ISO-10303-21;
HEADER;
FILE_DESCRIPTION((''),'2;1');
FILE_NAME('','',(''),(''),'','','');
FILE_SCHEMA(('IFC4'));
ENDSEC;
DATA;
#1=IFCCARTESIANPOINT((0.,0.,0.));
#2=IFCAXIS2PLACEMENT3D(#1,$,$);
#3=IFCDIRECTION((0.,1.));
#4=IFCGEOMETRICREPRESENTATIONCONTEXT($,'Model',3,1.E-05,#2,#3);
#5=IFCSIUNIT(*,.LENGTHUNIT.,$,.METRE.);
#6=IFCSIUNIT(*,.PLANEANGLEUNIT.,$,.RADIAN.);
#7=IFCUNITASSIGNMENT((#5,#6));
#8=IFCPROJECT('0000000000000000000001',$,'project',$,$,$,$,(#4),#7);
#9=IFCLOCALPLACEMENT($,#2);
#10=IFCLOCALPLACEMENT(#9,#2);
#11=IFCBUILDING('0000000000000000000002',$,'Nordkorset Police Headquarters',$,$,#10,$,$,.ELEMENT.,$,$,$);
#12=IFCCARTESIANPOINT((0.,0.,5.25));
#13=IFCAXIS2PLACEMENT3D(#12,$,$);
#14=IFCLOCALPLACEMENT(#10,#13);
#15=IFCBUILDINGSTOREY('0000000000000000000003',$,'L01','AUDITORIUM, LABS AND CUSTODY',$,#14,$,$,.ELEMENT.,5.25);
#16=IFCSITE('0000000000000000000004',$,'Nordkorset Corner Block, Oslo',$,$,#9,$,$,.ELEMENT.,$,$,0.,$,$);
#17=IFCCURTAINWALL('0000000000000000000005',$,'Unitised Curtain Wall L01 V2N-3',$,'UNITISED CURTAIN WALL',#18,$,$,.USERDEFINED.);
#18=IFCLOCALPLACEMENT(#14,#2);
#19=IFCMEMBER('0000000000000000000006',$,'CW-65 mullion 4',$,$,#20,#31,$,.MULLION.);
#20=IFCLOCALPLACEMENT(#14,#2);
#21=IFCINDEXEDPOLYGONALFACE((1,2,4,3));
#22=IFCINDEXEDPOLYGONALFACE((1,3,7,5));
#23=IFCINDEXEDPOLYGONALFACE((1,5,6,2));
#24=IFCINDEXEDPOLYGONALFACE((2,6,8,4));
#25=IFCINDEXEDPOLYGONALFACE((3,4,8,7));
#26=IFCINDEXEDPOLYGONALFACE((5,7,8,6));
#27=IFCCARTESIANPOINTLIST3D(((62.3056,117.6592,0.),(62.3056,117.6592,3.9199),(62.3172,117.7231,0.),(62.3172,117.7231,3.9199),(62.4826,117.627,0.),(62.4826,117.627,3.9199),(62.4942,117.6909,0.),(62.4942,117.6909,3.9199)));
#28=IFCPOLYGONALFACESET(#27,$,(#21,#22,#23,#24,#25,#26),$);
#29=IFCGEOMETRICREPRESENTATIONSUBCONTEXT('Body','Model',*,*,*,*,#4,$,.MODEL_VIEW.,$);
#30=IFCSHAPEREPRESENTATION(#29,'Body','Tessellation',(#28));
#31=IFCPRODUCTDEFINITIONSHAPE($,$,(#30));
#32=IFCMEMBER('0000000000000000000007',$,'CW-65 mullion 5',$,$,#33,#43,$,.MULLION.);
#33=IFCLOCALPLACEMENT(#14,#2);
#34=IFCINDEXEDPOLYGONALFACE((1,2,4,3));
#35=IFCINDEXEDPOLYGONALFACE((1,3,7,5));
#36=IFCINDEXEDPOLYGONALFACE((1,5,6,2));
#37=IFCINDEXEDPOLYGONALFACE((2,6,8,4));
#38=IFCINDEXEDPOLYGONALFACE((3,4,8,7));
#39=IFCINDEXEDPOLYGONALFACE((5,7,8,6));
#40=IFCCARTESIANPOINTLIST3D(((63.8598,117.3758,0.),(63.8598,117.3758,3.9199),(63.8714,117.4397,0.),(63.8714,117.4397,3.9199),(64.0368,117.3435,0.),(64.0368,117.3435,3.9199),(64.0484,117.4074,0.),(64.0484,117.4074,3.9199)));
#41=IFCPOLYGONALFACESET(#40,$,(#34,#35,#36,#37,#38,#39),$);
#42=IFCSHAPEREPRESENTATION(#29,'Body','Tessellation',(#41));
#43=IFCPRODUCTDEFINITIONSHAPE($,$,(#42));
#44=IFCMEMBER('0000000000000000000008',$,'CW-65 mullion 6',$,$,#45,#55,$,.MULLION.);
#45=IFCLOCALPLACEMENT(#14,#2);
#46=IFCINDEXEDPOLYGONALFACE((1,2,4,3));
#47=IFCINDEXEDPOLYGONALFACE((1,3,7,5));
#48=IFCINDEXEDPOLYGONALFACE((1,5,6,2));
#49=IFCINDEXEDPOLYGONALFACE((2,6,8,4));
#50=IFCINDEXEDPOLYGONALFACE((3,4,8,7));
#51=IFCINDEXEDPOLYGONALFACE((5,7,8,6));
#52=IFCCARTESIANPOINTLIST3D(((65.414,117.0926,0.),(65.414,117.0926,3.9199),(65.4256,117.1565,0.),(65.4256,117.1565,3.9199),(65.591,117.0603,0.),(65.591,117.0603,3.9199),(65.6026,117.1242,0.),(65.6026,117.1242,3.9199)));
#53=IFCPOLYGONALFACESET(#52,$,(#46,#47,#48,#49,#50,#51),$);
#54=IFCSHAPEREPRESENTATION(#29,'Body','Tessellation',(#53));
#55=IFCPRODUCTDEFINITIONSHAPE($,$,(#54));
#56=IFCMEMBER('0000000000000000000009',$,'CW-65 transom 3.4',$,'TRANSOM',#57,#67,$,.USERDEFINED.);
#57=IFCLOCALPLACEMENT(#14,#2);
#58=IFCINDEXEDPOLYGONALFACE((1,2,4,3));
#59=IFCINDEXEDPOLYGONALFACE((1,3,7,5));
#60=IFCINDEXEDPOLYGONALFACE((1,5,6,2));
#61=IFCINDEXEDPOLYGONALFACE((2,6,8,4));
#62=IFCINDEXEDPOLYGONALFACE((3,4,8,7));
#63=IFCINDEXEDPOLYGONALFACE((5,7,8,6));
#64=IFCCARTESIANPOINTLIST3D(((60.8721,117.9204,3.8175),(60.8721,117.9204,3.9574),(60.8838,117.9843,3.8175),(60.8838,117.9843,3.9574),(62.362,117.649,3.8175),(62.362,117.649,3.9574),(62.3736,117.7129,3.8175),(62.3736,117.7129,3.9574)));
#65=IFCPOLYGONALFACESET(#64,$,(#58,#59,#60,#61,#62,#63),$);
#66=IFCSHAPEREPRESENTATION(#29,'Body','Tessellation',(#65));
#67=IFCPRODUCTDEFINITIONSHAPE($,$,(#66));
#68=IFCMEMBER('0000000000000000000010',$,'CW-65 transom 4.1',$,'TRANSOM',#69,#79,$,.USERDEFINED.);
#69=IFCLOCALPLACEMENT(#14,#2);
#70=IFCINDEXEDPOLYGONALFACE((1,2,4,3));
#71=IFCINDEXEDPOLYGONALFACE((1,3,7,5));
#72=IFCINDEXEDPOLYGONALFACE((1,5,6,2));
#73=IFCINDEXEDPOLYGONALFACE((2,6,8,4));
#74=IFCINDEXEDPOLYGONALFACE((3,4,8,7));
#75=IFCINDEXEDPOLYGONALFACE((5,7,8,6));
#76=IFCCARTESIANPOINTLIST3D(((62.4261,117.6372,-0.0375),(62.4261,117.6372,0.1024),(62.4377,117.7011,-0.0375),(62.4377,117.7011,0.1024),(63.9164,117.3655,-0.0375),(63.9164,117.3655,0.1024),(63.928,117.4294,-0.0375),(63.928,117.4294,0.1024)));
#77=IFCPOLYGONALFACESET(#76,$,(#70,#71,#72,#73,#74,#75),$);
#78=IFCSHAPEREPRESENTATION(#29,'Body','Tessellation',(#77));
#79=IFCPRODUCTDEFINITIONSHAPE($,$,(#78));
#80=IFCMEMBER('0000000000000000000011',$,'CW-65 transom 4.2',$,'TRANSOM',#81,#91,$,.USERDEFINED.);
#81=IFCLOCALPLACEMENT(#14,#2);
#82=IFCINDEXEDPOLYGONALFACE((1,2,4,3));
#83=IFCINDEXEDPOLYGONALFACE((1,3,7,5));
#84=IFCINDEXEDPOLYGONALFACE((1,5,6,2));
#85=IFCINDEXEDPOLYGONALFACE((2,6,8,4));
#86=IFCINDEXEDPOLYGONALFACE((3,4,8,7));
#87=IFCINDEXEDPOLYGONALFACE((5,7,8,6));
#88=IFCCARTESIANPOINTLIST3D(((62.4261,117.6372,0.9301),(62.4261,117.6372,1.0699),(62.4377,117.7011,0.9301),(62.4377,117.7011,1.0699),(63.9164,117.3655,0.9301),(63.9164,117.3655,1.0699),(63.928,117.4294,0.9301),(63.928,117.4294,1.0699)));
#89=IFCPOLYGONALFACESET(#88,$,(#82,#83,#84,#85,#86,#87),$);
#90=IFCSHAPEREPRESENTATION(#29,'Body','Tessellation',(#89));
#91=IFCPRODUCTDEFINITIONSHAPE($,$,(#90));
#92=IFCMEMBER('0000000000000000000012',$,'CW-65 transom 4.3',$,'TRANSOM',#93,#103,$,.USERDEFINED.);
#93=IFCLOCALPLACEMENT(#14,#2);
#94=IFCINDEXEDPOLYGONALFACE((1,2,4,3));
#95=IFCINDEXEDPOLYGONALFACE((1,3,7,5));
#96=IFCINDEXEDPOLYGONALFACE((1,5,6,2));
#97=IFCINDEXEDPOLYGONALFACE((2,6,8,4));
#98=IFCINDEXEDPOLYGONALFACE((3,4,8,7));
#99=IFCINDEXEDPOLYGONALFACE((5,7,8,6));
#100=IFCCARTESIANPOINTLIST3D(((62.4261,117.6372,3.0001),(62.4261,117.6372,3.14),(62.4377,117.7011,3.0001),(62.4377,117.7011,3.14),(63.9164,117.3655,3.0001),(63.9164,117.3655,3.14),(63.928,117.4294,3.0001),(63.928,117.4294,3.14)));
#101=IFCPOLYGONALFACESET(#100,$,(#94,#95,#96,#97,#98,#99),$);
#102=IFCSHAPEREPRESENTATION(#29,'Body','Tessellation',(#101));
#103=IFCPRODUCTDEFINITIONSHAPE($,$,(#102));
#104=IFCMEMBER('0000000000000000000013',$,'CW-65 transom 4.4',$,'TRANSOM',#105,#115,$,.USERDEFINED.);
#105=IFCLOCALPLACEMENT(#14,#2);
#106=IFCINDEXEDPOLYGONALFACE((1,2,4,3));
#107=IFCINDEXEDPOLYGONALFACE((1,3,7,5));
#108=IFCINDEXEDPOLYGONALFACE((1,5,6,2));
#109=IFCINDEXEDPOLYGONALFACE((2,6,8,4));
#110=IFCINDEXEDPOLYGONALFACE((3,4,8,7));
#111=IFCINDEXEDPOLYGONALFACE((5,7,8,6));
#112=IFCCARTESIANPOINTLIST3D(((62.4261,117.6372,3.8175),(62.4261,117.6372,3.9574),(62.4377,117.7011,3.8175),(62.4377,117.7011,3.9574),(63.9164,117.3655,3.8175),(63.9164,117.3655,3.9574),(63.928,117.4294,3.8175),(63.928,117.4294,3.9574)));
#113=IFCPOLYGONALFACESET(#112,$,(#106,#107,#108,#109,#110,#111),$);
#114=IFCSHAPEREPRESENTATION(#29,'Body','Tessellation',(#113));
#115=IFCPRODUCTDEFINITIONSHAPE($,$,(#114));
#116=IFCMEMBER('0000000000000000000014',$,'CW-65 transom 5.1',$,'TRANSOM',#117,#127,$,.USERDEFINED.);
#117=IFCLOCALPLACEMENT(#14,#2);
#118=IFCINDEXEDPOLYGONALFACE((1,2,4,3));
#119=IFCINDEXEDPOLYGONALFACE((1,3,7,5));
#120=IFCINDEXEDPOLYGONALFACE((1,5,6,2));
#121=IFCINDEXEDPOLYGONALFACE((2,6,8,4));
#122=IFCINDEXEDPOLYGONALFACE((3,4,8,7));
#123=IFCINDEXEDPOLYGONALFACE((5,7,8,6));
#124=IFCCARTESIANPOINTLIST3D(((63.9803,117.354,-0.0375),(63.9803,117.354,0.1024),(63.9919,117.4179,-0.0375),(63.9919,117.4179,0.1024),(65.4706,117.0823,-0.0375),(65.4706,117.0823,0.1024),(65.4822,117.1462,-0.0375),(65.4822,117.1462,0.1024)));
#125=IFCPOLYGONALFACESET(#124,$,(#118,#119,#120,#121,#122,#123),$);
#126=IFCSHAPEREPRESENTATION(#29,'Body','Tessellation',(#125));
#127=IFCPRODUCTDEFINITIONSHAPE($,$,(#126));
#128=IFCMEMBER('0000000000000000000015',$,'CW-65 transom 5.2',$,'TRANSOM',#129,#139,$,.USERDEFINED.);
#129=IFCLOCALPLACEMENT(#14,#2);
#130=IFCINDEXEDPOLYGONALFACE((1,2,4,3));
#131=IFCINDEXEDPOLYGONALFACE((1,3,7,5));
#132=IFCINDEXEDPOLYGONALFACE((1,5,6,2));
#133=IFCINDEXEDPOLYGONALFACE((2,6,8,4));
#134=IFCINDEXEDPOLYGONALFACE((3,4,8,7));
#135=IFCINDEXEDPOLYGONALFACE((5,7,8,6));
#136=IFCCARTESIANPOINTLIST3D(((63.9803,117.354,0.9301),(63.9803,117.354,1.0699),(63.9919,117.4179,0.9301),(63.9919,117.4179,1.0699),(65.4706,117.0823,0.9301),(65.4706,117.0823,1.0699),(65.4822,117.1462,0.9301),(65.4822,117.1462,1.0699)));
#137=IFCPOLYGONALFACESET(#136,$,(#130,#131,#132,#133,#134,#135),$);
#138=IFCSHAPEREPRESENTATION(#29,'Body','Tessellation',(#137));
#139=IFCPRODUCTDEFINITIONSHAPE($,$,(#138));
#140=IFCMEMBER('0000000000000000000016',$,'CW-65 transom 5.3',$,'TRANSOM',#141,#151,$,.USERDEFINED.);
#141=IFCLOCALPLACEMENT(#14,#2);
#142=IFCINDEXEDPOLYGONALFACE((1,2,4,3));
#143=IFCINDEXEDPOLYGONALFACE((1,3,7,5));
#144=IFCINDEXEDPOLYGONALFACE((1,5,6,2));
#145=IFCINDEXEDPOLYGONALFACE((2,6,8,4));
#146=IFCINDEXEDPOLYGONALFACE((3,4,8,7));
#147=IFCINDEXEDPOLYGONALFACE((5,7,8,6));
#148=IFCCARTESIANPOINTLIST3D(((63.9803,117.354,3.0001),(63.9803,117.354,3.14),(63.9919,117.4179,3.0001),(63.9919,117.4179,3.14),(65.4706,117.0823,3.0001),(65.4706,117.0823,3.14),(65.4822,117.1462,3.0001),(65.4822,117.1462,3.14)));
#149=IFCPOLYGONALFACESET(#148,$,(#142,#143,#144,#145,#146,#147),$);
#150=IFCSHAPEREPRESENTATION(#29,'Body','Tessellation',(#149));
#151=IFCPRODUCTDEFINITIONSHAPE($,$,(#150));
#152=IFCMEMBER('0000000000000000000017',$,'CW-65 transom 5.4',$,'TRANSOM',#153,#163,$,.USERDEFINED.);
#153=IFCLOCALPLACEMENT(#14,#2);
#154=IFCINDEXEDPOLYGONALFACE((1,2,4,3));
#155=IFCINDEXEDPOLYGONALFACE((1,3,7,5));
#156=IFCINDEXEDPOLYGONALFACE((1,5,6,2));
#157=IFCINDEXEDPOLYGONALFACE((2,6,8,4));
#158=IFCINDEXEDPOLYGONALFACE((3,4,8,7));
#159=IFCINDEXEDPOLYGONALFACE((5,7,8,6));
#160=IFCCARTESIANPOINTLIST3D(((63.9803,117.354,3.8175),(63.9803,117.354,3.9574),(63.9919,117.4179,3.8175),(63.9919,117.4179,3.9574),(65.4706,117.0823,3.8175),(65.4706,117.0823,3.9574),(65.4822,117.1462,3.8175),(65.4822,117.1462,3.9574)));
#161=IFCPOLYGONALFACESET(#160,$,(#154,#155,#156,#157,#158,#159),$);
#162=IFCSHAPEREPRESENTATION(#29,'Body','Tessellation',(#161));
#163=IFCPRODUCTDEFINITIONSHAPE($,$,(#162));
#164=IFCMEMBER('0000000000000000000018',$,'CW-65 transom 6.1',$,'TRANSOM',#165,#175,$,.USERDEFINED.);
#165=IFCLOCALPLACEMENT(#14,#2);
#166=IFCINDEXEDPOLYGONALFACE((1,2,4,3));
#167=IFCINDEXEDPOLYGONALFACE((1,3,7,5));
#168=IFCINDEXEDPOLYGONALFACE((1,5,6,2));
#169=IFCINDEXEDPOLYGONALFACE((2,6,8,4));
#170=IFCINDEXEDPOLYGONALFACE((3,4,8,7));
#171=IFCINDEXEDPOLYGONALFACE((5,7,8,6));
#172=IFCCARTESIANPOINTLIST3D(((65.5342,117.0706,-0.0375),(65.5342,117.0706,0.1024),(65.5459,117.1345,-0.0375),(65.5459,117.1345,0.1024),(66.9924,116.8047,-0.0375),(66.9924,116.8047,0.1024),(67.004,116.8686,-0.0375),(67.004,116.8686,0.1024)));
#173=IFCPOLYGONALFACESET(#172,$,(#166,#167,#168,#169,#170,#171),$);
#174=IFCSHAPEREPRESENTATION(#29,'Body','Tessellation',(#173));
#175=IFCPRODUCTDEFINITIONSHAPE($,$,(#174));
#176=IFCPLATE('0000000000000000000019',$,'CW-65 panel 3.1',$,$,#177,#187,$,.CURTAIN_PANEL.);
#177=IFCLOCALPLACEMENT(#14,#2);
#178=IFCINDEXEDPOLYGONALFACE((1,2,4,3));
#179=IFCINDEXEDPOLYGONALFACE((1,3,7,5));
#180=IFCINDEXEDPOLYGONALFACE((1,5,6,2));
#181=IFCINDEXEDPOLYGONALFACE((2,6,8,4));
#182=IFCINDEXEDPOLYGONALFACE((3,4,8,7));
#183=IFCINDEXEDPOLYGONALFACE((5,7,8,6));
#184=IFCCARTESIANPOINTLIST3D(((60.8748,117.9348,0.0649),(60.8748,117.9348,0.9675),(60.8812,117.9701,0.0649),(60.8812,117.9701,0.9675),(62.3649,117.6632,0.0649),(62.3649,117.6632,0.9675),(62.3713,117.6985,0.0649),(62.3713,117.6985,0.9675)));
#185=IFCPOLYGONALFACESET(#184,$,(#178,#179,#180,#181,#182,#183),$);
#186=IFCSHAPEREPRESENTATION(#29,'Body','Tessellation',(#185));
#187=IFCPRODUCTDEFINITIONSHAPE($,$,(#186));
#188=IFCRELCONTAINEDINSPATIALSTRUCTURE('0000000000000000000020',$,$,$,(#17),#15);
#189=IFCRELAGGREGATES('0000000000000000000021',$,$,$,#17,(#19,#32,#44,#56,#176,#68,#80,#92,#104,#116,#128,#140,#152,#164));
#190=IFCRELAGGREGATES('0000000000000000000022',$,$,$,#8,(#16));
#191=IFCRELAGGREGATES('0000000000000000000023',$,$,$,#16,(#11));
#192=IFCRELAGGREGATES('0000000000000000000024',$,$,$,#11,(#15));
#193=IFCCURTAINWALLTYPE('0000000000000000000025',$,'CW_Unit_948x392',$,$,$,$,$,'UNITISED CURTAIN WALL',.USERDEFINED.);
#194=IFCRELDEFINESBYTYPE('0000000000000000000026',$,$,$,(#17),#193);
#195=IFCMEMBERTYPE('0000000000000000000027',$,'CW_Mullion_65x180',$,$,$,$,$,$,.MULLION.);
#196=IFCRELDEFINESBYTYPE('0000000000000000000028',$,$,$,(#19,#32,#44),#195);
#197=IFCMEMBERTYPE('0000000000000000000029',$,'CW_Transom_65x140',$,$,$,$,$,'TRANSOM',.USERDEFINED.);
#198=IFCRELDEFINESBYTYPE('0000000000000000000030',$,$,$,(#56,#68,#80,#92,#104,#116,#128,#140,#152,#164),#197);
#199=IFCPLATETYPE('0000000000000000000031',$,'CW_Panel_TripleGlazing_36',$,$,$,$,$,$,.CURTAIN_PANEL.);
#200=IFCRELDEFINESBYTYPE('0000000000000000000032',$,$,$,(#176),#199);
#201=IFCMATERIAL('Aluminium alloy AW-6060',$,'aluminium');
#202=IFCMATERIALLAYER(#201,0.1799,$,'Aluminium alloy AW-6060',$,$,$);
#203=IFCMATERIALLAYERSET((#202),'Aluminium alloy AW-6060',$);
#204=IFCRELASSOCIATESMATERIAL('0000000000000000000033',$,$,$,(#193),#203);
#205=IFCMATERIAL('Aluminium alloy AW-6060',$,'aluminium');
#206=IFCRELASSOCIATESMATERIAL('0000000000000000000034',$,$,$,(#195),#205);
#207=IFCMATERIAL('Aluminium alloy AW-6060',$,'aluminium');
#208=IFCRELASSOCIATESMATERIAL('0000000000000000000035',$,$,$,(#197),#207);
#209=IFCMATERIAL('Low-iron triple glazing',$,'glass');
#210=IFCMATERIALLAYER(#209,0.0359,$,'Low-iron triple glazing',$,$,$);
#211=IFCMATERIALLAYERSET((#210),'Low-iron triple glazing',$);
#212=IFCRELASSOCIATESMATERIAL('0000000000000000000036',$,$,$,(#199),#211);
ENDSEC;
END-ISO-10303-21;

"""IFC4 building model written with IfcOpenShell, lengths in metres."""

from ifc_helpers import new_model, si_unit, direction, frame, origin, origin_2d, place, context, subcontext, project, spatial, rectangle, extrude, material, layer, layer_set, material_profile, profile_set, type_object, element, aggregate, save


model = new_model("IFC4")

# Units and contexts
model_context = context("Model", 3, precision=1e-05, world=origin(), true_north=direction((0.0, 1.0)))
body_context = subcontext(model_context, "Body", "Model", "MODEL_VIEW")
ifc_project = project(units=[si_unit("LENGTHUNIT", "METRE"), si_unit("PLANEANGLEUNIT", "RADIAN")], contexts=[model_context])

# Site, building, storey
site_placement = place(None, origin())
site = spatial("IfcSite", under=ifc_project, at=site_placement, Name="Nordkorset Corner Block, Oslo", CompositionType="ELEMENT", RefElevation=0.0)
building_placement = place(site_placement, origin())
building = spatial("IfcBuilding", under=site, at=building_placement, Name="Nordkorset Police Headquarters", CompositionType="ELEMENT")
storey_placement = place(building_placement, frame((0.0, 0.0, 5.25)))
storey = spatial("IfcBuildingStorey", under=building, at=storey_placement, Name="L01", Description="AUDITORIUM, LABS AND CUSTODY", CompositionType="ELEMENT", Elevation=5.25)

# Curtain wall, members, plate
ifc_material_1 = material(Name="Aluminium alloy AW-6060", Category="aluminium")
ifc_layer_1 = layer(ifc_material_1, 0.1799, Name="Aluminium alloy AW-6060")
ifc_layer_set_1 = layer_set([ifc_layer_1], Name="Aluminium alloy AW-6060")
curtain_wall_type = type_object("IfcCurtainWallType", Name="CW_Unit_948x392", ElementType="UNITISED CURTAIN WALL", PredefinedType="USERDEFINED", material=ifc_layer_set_1)
curtain_wall_placement = place(storey_placement, origin())
curtain_wall = element("IfcCurtainWall", 1, at=curtain_wall_placement, inside=storey, type_object=curtain_wall_type, Name="Unitised Curtain Wall L01 V2N-3", ObjectType="UNITISED CURTAIN WALL", PredefinedType="USERDEFINED")
ifc_material_2 = material(Name="Aluminium alloy AW-6060", Category="aluminium")
ifc_material_profile_1 = material_profile(ifc_material_2, rectangle(XDim=0.0649, YDim=0.1799, at=origin_2d()), Name="ALU MULL 65x180")
ifc_profile_set_1 = profile_set([ifc_material_profile_1], Name="Aluminium alloy AW-6060")
member_type_1 = type_object("IfcMemberType", Name="CW_Mullion_65x180", PredefinedType="MULLION", material=ifc_profile_set_1)
member_1_placement = place(storey_placement, frame((62.3999, 117.675, 0.0), z_axis=(0.0, 0.0, 1.0), x_axis=(0.179336, 0.983788, 0.0)))
member_1 = element("IfcMember", 2, at=member_1_placement, type_object=member_type_1, Name="CW-65 mullion 4", PredefinedType="MULLION", context=body_context, shape_type="SweptSolid", body=[
    extrude(rectangle(XDim=0.0649, YDim=0.1799, at=origin_2d()), origin(), (0.0, 0.0, 1.0), 3.9199),
])
member_2_placement = place(storey_placement, frame((63.9541, 117.3916, 0.0), z_axis=(0.0, 0.0, 1.0), x_axis=(0.179336, 0.983788, 0.0)))
member_2 = element("IfcMember", 3, at=member_2_placement, type_object=member_type_1, Name="CW-65 mullion 5", PredefinedType="MULLION", context=body_context, shape_type="SweptSolid", body=[
    extrude(rectangle(XDim=0.0649, YDim=0.1799, at=origin_2d()), origin(), (0.0, 0.0, 1.0), 3.9199),
])
member_3_placement = place(storey_placement, frame((65.5083, 117.1084, 0.0), z_axis=(0.0, 0.0, 1.0), x_axis=(0.179336, 0.983788, 0.0)))
member_3 = element("IfcMember", 4, at=member_3_placement, type_object=member_type_1, Name="CW-65 mullion 6", PredefinedType="MULLION", context=body_context, shape_type="SweptSolid", body=[
    extrude(rectangle(XDim=0.0649, YDim=0.1799, at=origin_2d()), origin(), (0.0, 0.0, 1.0), 3.9199),
])
ifc_material_3 = material(Name="Aluminium alloy AW-6060", Category="aluminium")
ifc_material_profile_2 = material_profile(ifc_material_3, rectangle(XDim=0.0649, YDim=0.1399, at=origin_2d()), Name="ALU TRAN 65x140")
ifc_profile_set_2 = profile_set([ifc_material_profile_2], Name="Aluminium alloy AW-6060")
member_type_2 = type_object("IfcMemberType", Name="CW_Transom_65x140", ElementType="TRANSOM", PredefinedType="USERDEFINED", material=ifc_profile_set_2)
member_4_placement = place(storey_placement, frame((60.8779, 117.9524, 3.8875), z_axis=(0.983803, -0.179254, 0.0), x_axis=(0.179254, 0.983803, 0.0)))
member_4 = element("IfcMember", 5, at=member_4_placement, type_object=member_type_2, Name="CW-65 transom 3.4", ObjectType="TRANSOM", PredefinedType="USERDEFINED", context=body_context, shape_type="SweptSolid", body=[
    extrude(rectangle(XDim=0.0649, YDim=0.1399, at=origin_2d()), origin(), (0.0, 0.0, 1.0), 1.5144),
])
member_5_placement = place(storey_placement, frame((62.4319, 117.6692, 0.0325), z_axis=(0.98378, -0.179382, 0.0), x_axis=(0.179382, 0.98378, 0.0)))
member_5 = element("IfcMember", 6, at=member_5_placement, type_object=member_type_2, Name="CW-65 transom 4.1", ObjectType="TRANSOM", PredefinedType="USERDEFINED", context=body_context, shape_type="SweptSolid", body=[
    extrude(rectangle(XDim=0.0649, YDim=0.1399, at=origin_2d()), origin(), (0.0, 0.0, 1.0), 1.5149),
])
member_6_placement = place(storey_placement, frame((62.4319, 117.6692, 1.0), z_axis=(0.98378, -0.179382, 0.0), x_axis=(0.179382, 0.98378, 0.0)))
member_6 = element("IfcMember", 7, at=member_6_placement, type_object=member_type_2, Name="CW-65 transom 4.2", ObjectType="TRANSOM", PredefinedType="USERDEFINED", context=body_context, shape_type="SweptSolid", body=[
    extrude(rectangle(XDim=0.0649, YDim=0.1399, at=origin_2d()), origin(), (0.0, 0.0, 1.0), 1.5149),
])
member_7_placement = place(storey_placement, frame((62.4319, 117.6692, 3.0701), z_axis=(0.98378, -0.179382, 0.0), x_axis=(0.179382, 0.98378, 0.0)))
member_7 = element("IfcMember", 8, at=member_7_placement, type_object=member_type_2, Name="CW-65 transom 4.3", ObjectType="TRANSOM", PredefinedType="USERDEFINED", context=body_context, shape_type="SweptSolid", body=[
    extrude(rectangle(XDim=0.0649, YDim=0.1399, at=origin_2d()), origin(), (0.0, 0.0, 1.0), 1.5149),
])
member_8_placement = place(storey_placement, frame((62.4319, 117.6692, 3.8875), z_axis=(0.98378, -0.179382, 0.0), x_axis=(0.179382, 0.98378, 0.0)))
member_8 = element("IfcMember", 9, at=member_8_placement, type_object=member_type_2, Name="CW-65 transom 4.4", ObjectType="TRANSOM", PredefinedType="USERDEFINED", context=body_context, shape_type="SweptSolid", body=[
    extrude(rectangle(XDim=0.0649, YDim=0.1399, at=origin_2d()), origin(), (0.0, 0.0, 1.0), 1.5149),
])
member_9_placement = place(storey_placement, frame((63.9861, 117.386, 0.0325), z_axis=(0.98378, -0.179382, 0.0), x_axis=(0.179382, 0.98378, 0.0)))
member_9 = element("IfcMember", 10, at=member_9_placement, type_object=member_type_2, Name="CW-65 transom 5.1", ObjectType="TRANSOM", PredefinedType="USERDEFINED", context=body_context, shape_type="SweptSolid", body=[
    extrude(rectangle(XDim=0.0649, YDim=0.1399, at=origin_2d()), origin(), (0.0, 0.0, 1.0), 1.5149),
])
member_10_placement = place(storey_placement, frame((63.9861, 117.386, 1.0), z_axis=(0.98378, -0.179382, 0.0), x_axis=(0.179382, 0.98378, 0.0)))
member_10 = element("IfcMember", 11, at=member_10_placement, type_object=member_type_2, Name="CW-65 transom 5.2", ObjectType="TRANSOM", PredefinedType="USERDEFINED", context=body_context, shape_type="SweptSolid", body=[
    extrude(rectangle(XDim=0.0649, YDim=0.1399, at=origin_2d()), origin(), (0.0, 0.0, 1.0), 1.5149),
])
member_11_placement = place(storey_placement, frame((63.9861, 117.386, 3.0701), z_axis=(0.98378, -0.179382, 0.0), x_axis=(0.179382, 0.98378, 0.0)))
member_11 = element("IfcMember", 12, at=member_11_placement, type_object=member_type_2, Name="CW-65 transom 5.3", ObjectType="TRANSOM", PredefinedType="USERDEFINED", context=body_context, shape_type="SweptSolid", body=[
    extrude(rectangle(XDim=0.0649, YDim=0.1399, at=origin_2d()), origin(), (0.0, 0.0, 1.0), 1.5149),
])
member_12_placement = place(storey_placement, frame((63.9861, 117.386, 3.8875), z_axis=(0.98378, -0.179382, 0.0), x_axis=(0.179382, 0.98378, 0.0)))
member_12 = element("IfcMember", 13, at=member_12_placement, type_object=member_type_2, Name="CW-65 transom 5.4", ObjectType="TRANSOM", PredefinedType="USERDEFINED", context=body_context, shape_type="SweptSolid", body=[
    extrude(rectangle(XDim=0.0649, YDim=0.1399, at=origin_2d()), origin(), (0.0, 0.0, 1.0), 1.5149),
])
member_13_placement = place(storey_placement, frame((65.54, 117.1025, 0.0325), z_axis=(0.983783, -0.179364, 0.0), x_axis=(0.179364, 0.983783, 0.0)))
member_13 = element("IfcMember", 14, at=member_13_placement, type_object=member_type_2, Name="CW-65 transom 6.1", ObjectType="TRANSOM", PredefinedType="USERDEFINED", context=body_context, shape_type="SweptSolid", body=[
    extrude(rectangle(XDim=0.0649, YDim=0.1399, at=origin_2d()), origin(), (0.0, 0.0, 1.0), 1.4822),
])
ifc_material_4 = material(Name="Low-iron triple glazing", Category="glass")
ifc_layer_2 = layer(ifc_material_4, 0.0359, Name="Low-iron triple glazing")
ifc_layer_set_2 = layer_set([ifc_layer_2], Name="Low-iron triple glazing")
plate_type = type_object("IfcPlateType", Name="CW_Panel_TripleGlazing_36", PredefinedType="CURTAIN_PANEL", material=ifc_layer_set_2)
plate_1_placement = place(storey_placement, frame((61.623, 117.8167, 0.0649), z_axis=(0.0, 0.0, 1.0), x_axis=(0.983788, -0.179336, 0.0)))
plate_1 = element("IfcPlate", 15, at=plate_1_placement, type_object=plate_type, Name="CW-65 panel 3.1", PredefinedType="CURTAIN_PANEL", context=body_context, shape_type="SweptSolid", body=[
    extrude(rectangle(XDim=1.5146, YDim=0.0359, at=origin_2d()), origin(), (0.0, 0.0, 1.0), 0.9026),
])
aggregate(curtain_wall, [member_1, member_2, member_3, member_4, plate_1, member_5, member_6, member_7, member_8, member_9, member_10, member_11, member_12, member_13])

save(model, "model.ifc")
